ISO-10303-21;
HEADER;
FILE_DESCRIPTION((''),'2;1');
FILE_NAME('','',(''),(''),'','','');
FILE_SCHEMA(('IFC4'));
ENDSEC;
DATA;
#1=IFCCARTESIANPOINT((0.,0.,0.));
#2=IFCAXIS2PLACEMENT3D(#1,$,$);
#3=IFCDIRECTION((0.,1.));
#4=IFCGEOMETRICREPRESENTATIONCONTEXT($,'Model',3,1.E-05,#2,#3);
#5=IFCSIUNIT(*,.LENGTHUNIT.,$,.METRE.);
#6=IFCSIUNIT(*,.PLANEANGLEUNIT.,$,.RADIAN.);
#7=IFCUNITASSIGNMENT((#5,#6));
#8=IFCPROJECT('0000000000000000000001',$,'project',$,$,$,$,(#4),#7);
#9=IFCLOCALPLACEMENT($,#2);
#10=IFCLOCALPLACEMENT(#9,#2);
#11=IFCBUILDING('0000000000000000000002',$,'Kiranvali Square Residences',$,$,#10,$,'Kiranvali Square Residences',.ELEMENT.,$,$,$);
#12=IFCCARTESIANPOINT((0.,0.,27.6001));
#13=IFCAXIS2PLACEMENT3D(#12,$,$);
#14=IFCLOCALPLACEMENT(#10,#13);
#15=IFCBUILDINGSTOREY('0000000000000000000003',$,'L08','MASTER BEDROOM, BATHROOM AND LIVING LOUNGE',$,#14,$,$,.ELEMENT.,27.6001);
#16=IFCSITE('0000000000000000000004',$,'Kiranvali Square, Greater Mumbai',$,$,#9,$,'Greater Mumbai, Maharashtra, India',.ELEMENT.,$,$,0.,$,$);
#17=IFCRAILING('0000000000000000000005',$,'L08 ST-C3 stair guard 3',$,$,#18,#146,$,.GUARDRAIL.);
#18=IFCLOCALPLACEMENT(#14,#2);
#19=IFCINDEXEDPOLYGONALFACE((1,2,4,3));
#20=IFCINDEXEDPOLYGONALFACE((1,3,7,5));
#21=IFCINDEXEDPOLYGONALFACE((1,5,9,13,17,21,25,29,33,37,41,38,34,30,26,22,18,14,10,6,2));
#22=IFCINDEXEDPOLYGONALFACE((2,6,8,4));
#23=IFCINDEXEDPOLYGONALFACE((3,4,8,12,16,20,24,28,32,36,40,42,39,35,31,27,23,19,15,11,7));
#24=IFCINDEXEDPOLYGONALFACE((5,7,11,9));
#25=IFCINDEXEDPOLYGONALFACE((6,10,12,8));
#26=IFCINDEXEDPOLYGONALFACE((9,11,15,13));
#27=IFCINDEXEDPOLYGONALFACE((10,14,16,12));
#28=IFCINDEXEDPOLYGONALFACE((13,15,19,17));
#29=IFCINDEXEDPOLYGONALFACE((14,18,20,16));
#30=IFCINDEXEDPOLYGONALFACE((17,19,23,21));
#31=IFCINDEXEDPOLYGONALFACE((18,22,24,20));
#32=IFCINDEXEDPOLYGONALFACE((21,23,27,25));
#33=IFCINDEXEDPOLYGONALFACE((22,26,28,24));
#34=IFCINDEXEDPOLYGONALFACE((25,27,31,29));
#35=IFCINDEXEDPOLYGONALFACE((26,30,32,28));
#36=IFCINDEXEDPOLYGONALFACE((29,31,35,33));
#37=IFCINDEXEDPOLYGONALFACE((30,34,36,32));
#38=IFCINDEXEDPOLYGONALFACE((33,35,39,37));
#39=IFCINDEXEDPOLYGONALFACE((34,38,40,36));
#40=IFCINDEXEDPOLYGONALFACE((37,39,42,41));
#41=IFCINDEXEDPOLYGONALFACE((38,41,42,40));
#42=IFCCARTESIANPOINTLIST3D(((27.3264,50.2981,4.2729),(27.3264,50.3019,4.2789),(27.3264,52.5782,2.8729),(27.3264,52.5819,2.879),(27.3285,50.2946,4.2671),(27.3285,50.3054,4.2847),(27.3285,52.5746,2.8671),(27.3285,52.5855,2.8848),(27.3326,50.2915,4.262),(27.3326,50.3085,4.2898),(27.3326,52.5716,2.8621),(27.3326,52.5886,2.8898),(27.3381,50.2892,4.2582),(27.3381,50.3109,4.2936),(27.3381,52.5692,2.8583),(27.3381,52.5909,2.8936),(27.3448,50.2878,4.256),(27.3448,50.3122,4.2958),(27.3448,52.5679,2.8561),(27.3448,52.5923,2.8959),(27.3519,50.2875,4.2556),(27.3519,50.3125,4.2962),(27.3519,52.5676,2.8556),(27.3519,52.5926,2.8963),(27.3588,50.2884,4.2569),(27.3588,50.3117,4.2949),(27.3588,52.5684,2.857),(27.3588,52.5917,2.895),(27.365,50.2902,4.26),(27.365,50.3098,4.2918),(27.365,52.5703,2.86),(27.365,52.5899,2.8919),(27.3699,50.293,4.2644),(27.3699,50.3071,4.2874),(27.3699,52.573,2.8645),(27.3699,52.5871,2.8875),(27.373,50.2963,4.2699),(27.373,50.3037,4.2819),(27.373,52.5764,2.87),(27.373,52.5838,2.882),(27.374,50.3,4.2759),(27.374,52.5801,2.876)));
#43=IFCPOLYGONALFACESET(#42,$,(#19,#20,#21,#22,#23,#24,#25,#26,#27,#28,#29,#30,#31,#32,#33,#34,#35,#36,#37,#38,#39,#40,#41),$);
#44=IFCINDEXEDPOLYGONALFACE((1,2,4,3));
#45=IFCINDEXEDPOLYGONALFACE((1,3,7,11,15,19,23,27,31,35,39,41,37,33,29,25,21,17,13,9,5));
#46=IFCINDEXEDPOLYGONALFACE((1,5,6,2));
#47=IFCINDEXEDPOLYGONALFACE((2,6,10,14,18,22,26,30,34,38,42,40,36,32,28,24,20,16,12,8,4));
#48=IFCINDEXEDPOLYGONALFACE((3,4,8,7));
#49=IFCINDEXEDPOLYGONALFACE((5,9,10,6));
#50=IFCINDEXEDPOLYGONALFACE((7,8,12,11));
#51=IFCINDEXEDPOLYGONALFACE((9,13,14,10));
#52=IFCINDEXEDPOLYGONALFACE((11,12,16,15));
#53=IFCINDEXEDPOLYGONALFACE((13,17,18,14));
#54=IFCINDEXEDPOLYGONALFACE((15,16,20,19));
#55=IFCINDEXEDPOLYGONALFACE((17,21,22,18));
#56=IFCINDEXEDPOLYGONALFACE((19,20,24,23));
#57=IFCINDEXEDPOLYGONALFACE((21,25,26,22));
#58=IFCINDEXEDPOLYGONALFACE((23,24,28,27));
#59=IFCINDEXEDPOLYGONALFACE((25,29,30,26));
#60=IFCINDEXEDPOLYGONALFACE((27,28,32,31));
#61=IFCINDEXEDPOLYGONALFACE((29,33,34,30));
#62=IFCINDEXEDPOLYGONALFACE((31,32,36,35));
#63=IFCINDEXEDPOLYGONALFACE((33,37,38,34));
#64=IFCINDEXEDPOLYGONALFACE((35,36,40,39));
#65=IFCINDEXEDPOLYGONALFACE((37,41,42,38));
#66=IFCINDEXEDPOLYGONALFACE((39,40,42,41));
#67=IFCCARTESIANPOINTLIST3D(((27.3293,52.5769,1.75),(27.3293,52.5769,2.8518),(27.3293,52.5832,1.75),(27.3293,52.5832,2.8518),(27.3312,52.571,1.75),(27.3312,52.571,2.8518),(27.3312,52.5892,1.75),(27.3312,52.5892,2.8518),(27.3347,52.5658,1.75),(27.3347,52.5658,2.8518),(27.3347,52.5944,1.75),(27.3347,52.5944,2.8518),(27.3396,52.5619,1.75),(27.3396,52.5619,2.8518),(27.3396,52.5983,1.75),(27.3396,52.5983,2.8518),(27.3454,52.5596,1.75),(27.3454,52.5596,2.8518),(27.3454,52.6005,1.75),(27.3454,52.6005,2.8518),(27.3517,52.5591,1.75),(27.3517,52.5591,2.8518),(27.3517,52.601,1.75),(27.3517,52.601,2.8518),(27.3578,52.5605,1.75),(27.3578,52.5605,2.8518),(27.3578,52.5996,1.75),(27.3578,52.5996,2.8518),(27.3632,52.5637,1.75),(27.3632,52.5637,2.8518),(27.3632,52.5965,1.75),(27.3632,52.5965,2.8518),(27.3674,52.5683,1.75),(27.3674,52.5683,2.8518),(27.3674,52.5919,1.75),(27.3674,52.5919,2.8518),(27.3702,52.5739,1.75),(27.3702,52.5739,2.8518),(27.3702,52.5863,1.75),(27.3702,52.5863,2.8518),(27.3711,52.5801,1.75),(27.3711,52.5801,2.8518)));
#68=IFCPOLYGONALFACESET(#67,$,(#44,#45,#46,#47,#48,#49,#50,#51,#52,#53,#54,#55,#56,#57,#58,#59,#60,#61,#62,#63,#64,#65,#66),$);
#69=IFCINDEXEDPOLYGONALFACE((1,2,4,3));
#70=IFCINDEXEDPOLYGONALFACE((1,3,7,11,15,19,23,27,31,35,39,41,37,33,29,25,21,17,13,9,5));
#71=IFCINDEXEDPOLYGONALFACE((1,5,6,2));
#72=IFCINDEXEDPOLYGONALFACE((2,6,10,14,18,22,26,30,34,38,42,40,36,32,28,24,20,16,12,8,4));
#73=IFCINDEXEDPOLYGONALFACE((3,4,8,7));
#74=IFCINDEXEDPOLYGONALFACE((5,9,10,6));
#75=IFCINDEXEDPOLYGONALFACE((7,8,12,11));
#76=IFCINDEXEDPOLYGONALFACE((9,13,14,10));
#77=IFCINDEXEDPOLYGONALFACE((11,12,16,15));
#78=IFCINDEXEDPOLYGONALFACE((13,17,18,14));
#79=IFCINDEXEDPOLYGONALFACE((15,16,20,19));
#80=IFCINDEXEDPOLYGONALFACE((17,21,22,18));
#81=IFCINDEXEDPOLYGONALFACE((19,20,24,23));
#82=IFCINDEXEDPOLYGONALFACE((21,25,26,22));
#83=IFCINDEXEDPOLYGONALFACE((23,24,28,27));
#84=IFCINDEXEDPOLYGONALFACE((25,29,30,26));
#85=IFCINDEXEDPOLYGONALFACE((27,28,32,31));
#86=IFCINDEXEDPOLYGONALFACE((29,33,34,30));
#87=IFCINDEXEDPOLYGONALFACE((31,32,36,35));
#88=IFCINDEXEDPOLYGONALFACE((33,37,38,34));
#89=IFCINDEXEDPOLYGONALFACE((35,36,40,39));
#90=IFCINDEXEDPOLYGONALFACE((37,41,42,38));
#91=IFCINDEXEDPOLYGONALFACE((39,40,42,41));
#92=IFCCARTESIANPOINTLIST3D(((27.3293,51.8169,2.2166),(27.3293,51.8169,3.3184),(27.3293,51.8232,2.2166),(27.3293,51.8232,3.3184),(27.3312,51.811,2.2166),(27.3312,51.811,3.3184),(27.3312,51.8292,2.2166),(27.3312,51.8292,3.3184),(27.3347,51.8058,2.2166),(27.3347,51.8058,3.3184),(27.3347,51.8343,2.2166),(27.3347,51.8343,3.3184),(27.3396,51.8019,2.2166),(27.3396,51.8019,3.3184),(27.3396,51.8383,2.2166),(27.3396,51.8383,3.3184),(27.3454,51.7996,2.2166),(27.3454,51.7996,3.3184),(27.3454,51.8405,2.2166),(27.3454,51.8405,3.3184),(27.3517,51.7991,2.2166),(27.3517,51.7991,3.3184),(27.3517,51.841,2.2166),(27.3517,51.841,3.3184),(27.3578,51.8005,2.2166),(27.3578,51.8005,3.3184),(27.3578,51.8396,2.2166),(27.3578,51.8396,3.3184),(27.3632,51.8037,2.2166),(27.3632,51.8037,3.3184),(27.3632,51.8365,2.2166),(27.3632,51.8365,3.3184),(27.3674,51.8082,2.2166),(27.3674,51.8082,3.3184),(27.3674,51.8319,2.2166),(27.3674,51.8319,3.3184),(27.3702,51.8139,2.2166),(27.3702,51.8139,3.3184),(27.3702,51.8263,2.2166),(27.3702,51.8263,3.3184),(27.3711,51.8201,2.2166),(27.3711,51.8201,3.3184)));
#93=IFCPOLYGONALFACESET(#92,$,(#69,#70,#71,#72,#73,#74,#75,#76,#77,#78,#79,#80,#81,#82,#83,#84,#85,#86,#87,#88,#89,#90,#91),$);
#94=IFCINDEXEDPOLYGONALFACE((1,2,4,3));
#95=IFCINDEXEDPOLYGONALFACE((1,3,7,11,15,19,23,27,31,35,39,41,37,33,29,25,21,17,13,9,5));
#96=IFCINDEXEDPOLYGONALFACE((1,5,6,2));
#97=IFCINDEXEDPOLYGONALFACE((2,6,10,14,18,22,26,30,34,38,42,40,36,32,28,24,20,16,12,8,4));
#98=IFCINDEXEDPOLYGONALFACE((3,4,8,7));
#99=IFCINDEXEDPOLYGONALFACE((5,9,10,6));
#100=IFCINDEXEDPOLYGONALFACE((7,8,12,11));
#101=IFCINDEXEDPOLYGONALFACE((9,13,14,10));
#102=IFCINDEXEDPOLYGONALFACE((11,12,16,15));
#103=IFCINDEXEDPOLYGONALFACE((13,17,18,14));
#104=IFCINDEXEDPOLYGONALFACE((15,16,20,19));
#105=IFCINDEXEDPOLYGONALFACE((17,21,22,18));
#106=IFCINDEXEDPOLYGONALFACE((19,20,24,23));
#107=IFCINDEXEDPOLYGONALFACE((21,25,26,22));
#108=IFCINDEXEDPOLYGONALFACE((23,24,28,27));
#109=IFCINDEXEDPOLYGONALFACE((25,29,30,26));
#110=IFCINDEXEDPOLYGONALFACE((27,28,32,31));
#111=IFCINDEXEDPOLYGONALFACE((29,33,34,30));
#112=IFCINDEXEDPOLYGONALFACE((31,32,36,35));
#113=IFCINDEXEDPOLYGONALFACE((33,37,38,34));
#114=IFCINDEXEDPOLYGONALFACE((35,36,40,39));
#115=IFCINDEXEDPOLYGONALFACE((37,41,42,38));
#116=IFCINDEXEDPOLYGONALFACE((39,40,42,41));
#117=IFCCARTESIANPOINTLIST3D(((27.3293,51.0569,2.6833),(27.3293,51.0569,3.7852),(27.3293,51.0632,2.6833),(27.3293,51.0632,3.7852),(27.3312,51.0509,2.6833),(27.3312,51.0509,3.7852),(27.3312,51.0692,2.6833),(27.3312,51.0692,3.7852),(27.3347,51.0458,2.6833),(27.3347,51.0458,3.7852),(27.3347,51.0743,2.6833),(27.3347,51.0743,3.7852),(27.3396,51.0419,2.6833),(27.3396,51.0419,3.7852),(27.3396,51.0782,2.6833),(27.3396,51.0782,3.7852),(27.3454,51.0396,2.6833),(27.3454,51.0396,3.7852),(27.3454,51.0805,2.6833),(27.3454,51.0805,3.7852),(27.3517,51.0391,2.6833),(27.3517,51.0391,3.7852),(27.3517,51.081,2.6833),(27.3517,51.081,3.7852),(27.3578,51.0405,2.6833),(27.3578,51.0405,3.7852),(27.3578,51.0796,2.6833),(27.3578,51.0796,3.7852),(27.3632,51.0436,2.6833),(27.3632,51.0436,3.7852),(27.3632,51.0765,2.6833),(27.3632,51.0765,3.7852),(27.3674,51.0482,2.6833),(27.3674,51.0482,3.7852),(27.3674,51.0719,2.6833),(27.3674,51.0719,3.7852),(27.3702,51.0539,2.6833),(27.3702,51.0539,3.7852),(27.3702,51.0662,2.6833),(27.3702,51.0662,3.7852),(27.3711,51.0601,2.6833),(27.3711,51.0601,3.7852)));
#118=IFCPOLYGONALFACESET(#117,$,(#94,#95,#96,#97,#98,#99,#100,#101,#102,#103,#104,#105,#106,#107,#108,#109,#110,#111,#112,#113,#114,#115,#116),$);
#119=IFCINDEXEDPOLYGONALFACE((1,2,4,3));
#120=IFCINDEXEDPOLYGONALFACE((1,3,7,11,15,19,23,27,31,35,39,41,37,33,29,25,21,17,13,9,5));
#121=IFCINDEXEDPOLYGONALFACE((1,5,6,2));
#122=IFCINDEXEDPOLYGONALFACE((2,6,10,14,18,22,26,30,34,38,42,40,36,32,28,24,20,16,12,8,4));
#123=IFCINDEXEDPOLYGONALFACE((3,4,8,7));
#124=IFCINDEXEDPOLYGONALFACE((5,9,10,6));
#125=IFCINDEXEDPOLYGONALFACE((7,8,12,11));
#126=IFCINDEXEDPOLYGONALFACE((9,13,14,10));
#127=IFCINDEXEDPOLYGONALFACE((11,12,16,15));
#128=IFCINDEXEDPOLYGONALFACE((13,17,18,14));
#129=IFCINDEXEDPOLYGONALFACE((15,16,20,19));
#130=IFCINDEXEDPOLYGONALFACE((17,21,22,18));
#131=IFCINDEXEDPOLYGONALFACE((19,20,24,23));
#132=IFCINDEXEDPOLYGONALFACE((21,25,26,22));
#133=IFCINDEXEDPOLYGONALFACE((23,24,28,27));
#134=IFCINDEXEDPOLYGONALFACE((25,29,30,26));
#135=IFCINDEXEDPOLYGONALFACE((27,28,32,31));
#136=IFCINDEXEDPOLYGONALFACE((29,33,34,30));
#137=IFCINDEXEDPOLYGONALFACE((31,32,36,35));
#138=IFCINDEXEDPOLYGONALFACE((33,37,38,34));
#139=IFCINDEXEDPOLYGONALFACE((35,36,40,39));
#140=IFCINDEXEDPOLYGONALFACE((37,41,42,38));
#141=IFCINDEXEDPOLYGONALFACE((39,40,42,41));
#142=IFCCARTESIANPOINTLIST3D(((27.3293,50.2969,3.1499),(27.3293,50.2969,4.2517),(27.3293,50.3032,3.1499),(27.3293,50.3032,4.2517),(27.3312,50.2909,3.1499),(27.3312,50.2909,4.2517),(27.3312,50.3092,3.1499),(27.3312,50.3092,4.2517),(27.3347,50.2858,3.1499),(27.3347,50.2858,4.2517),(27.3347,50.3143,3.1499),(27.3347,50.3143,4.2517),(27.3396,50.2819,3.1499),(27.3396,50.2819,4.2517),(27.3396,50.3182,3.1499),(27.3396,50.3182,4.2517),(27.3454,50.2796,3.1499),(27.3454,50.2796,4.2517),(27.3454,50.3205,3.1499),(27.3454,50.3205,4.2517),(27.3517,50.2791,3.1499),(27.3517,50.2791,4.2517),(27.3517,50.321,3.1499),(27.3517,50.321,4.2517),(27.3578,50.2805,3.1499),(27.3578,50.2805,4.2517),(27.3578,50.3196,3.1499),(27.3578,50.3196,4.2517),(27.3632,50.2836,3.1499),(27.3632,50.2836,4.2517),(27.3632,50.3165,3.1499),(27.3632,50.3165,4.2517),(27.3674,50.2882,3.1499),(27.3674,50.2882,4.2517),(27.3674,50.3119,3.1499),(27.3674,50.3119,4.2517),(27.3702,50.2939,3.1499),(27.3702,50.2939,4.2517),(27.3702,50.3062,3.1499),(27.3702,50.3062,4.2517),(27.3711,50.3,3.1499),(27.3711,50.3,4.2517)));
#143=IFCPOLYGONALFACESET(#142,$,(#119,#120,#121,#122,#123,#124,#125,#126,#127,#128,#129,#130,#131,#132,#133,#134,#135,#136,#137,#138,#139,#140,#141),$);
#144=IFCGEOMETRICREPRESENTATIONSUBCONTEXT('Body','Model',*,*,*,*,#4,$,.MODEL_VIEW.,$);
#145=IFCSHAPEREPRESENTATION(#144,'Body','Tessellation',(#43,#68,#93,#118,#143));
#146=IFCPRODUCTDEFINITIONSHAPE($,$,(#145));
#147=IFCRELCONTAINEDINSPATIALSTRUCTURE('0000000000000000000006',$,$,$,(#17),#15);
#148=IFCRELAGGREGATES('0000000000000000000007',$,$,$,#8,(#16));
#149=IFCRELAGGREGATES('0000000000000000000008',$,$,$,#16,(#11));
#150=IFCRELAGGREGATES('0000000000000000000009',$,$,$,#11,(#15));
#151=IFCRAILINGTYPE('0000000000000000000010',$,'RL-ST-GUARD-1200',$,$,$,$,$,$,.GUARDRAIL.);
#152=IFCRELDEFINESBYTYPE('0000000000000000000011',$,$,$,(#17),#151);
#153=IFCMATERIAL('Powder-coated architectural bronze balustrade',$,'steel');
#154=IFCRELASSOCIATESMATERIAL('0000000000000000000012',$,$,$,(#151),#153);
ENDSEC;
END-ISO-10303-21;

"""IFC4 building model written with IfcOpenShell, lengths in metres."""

from ifc_helpers import new_model, si_unit, direction, frame, origin, origin_2d, place, context, subcontext, project, spatial, circle, extrude, material, type_object, element, save


model = new_model("IFC4")

# Units and contexts
model_context = context("Model", 3, precision=1e-05, world=origin(), true_north=direction((0.0, 1.0)))
body_context = subcontext(model_context, "Body", "Model", "MODEL_VIEW")
ifc_project = project(units=[si_unit("LENGTHUNIT", "METRE"), si_unit("PLANEANGLEUNIT", "RADIAN")], contexts=[model_context])

# Site, building, storey
site_placement = place(None, origin())
site = spatial("IfcSite", under=ifc_project, at=site_placement, Name="Kiranvali Square, Greater Mumbai", LongName="Greater Mumbai, Maharashtra, India", CompositionType="ELEMENT", RefElevation=0.0)
building_placement = place(site_placement, origin())
building = spatial("IfcBuilding", under=site, at=building_placement, Name="Kiranvali Square Residences", LongName="Kiranvali Square Residences", CompositionType="ELEMENT")
storey_placement = place(building_placement, frame((0.0, 0.0, 27.6001)))
storey = spatial("IfcBuildingStorey", under=building, at=storey_placement, Name="L08", Description="MASTER BEDROOM, BATHROOM AND LIVING LOUNGE", CompositionType="ELEMENT", Elevation=27.6001)

# Railing
ifc_material_1 = material(Name="Powder-coated architectural bronze balustrade", Category="steel")
railing_type_1 = type_object("IfcRailingType", Name="RL-ST-GUARD-1200", PredefinedType="GUARDRAIL", material=ifc_material_1)
railing_1_placement = place(storey_placement, frame((27.3501, 52.5801, 1.75)))
element("IfcRailing", 1, at=railing_1_placement, inside=storey, type_object=railing_type_1, Name="L08 ST-C3 stair guard 3", PredefinedType="GUARDRAIL", context=body_context, shape_type="SweptSolid", body=[
    extrude(circle(Radius=0.0239, at=origin_2d()), frame((0.0, 0.0, 1.126), z_axis=(0.0, -0.85219, 0.523232), x_axis=(1.0, 0.0, 0.0)), (0.0, 0.0, 1.0), 2.6755),
    extrude(circle(Radius=0.021, at=origin_2d()), origin(), (0.0, 0.0, 1.0), 1.1018),
    extrude(circle(Radius=0.021, at=origin_2d()), frame((0.0, -0.76, 0.4666)), (0.0, 0.0, 1.0), 1.1018),
    extrude(circle(Radius=0.021, at=origin_2d()), frame((0.0, -1.52, 0.9333)), (0.0, 0.0, 1.0), 1.1018),
    extrude(circle(Radius=0.021, at=origin_2d()), frame((0.0, -2.28, 1.3999)), (0.0, 0.0, 1.0), 1.1018),
])

save(model, "model.ifc")
